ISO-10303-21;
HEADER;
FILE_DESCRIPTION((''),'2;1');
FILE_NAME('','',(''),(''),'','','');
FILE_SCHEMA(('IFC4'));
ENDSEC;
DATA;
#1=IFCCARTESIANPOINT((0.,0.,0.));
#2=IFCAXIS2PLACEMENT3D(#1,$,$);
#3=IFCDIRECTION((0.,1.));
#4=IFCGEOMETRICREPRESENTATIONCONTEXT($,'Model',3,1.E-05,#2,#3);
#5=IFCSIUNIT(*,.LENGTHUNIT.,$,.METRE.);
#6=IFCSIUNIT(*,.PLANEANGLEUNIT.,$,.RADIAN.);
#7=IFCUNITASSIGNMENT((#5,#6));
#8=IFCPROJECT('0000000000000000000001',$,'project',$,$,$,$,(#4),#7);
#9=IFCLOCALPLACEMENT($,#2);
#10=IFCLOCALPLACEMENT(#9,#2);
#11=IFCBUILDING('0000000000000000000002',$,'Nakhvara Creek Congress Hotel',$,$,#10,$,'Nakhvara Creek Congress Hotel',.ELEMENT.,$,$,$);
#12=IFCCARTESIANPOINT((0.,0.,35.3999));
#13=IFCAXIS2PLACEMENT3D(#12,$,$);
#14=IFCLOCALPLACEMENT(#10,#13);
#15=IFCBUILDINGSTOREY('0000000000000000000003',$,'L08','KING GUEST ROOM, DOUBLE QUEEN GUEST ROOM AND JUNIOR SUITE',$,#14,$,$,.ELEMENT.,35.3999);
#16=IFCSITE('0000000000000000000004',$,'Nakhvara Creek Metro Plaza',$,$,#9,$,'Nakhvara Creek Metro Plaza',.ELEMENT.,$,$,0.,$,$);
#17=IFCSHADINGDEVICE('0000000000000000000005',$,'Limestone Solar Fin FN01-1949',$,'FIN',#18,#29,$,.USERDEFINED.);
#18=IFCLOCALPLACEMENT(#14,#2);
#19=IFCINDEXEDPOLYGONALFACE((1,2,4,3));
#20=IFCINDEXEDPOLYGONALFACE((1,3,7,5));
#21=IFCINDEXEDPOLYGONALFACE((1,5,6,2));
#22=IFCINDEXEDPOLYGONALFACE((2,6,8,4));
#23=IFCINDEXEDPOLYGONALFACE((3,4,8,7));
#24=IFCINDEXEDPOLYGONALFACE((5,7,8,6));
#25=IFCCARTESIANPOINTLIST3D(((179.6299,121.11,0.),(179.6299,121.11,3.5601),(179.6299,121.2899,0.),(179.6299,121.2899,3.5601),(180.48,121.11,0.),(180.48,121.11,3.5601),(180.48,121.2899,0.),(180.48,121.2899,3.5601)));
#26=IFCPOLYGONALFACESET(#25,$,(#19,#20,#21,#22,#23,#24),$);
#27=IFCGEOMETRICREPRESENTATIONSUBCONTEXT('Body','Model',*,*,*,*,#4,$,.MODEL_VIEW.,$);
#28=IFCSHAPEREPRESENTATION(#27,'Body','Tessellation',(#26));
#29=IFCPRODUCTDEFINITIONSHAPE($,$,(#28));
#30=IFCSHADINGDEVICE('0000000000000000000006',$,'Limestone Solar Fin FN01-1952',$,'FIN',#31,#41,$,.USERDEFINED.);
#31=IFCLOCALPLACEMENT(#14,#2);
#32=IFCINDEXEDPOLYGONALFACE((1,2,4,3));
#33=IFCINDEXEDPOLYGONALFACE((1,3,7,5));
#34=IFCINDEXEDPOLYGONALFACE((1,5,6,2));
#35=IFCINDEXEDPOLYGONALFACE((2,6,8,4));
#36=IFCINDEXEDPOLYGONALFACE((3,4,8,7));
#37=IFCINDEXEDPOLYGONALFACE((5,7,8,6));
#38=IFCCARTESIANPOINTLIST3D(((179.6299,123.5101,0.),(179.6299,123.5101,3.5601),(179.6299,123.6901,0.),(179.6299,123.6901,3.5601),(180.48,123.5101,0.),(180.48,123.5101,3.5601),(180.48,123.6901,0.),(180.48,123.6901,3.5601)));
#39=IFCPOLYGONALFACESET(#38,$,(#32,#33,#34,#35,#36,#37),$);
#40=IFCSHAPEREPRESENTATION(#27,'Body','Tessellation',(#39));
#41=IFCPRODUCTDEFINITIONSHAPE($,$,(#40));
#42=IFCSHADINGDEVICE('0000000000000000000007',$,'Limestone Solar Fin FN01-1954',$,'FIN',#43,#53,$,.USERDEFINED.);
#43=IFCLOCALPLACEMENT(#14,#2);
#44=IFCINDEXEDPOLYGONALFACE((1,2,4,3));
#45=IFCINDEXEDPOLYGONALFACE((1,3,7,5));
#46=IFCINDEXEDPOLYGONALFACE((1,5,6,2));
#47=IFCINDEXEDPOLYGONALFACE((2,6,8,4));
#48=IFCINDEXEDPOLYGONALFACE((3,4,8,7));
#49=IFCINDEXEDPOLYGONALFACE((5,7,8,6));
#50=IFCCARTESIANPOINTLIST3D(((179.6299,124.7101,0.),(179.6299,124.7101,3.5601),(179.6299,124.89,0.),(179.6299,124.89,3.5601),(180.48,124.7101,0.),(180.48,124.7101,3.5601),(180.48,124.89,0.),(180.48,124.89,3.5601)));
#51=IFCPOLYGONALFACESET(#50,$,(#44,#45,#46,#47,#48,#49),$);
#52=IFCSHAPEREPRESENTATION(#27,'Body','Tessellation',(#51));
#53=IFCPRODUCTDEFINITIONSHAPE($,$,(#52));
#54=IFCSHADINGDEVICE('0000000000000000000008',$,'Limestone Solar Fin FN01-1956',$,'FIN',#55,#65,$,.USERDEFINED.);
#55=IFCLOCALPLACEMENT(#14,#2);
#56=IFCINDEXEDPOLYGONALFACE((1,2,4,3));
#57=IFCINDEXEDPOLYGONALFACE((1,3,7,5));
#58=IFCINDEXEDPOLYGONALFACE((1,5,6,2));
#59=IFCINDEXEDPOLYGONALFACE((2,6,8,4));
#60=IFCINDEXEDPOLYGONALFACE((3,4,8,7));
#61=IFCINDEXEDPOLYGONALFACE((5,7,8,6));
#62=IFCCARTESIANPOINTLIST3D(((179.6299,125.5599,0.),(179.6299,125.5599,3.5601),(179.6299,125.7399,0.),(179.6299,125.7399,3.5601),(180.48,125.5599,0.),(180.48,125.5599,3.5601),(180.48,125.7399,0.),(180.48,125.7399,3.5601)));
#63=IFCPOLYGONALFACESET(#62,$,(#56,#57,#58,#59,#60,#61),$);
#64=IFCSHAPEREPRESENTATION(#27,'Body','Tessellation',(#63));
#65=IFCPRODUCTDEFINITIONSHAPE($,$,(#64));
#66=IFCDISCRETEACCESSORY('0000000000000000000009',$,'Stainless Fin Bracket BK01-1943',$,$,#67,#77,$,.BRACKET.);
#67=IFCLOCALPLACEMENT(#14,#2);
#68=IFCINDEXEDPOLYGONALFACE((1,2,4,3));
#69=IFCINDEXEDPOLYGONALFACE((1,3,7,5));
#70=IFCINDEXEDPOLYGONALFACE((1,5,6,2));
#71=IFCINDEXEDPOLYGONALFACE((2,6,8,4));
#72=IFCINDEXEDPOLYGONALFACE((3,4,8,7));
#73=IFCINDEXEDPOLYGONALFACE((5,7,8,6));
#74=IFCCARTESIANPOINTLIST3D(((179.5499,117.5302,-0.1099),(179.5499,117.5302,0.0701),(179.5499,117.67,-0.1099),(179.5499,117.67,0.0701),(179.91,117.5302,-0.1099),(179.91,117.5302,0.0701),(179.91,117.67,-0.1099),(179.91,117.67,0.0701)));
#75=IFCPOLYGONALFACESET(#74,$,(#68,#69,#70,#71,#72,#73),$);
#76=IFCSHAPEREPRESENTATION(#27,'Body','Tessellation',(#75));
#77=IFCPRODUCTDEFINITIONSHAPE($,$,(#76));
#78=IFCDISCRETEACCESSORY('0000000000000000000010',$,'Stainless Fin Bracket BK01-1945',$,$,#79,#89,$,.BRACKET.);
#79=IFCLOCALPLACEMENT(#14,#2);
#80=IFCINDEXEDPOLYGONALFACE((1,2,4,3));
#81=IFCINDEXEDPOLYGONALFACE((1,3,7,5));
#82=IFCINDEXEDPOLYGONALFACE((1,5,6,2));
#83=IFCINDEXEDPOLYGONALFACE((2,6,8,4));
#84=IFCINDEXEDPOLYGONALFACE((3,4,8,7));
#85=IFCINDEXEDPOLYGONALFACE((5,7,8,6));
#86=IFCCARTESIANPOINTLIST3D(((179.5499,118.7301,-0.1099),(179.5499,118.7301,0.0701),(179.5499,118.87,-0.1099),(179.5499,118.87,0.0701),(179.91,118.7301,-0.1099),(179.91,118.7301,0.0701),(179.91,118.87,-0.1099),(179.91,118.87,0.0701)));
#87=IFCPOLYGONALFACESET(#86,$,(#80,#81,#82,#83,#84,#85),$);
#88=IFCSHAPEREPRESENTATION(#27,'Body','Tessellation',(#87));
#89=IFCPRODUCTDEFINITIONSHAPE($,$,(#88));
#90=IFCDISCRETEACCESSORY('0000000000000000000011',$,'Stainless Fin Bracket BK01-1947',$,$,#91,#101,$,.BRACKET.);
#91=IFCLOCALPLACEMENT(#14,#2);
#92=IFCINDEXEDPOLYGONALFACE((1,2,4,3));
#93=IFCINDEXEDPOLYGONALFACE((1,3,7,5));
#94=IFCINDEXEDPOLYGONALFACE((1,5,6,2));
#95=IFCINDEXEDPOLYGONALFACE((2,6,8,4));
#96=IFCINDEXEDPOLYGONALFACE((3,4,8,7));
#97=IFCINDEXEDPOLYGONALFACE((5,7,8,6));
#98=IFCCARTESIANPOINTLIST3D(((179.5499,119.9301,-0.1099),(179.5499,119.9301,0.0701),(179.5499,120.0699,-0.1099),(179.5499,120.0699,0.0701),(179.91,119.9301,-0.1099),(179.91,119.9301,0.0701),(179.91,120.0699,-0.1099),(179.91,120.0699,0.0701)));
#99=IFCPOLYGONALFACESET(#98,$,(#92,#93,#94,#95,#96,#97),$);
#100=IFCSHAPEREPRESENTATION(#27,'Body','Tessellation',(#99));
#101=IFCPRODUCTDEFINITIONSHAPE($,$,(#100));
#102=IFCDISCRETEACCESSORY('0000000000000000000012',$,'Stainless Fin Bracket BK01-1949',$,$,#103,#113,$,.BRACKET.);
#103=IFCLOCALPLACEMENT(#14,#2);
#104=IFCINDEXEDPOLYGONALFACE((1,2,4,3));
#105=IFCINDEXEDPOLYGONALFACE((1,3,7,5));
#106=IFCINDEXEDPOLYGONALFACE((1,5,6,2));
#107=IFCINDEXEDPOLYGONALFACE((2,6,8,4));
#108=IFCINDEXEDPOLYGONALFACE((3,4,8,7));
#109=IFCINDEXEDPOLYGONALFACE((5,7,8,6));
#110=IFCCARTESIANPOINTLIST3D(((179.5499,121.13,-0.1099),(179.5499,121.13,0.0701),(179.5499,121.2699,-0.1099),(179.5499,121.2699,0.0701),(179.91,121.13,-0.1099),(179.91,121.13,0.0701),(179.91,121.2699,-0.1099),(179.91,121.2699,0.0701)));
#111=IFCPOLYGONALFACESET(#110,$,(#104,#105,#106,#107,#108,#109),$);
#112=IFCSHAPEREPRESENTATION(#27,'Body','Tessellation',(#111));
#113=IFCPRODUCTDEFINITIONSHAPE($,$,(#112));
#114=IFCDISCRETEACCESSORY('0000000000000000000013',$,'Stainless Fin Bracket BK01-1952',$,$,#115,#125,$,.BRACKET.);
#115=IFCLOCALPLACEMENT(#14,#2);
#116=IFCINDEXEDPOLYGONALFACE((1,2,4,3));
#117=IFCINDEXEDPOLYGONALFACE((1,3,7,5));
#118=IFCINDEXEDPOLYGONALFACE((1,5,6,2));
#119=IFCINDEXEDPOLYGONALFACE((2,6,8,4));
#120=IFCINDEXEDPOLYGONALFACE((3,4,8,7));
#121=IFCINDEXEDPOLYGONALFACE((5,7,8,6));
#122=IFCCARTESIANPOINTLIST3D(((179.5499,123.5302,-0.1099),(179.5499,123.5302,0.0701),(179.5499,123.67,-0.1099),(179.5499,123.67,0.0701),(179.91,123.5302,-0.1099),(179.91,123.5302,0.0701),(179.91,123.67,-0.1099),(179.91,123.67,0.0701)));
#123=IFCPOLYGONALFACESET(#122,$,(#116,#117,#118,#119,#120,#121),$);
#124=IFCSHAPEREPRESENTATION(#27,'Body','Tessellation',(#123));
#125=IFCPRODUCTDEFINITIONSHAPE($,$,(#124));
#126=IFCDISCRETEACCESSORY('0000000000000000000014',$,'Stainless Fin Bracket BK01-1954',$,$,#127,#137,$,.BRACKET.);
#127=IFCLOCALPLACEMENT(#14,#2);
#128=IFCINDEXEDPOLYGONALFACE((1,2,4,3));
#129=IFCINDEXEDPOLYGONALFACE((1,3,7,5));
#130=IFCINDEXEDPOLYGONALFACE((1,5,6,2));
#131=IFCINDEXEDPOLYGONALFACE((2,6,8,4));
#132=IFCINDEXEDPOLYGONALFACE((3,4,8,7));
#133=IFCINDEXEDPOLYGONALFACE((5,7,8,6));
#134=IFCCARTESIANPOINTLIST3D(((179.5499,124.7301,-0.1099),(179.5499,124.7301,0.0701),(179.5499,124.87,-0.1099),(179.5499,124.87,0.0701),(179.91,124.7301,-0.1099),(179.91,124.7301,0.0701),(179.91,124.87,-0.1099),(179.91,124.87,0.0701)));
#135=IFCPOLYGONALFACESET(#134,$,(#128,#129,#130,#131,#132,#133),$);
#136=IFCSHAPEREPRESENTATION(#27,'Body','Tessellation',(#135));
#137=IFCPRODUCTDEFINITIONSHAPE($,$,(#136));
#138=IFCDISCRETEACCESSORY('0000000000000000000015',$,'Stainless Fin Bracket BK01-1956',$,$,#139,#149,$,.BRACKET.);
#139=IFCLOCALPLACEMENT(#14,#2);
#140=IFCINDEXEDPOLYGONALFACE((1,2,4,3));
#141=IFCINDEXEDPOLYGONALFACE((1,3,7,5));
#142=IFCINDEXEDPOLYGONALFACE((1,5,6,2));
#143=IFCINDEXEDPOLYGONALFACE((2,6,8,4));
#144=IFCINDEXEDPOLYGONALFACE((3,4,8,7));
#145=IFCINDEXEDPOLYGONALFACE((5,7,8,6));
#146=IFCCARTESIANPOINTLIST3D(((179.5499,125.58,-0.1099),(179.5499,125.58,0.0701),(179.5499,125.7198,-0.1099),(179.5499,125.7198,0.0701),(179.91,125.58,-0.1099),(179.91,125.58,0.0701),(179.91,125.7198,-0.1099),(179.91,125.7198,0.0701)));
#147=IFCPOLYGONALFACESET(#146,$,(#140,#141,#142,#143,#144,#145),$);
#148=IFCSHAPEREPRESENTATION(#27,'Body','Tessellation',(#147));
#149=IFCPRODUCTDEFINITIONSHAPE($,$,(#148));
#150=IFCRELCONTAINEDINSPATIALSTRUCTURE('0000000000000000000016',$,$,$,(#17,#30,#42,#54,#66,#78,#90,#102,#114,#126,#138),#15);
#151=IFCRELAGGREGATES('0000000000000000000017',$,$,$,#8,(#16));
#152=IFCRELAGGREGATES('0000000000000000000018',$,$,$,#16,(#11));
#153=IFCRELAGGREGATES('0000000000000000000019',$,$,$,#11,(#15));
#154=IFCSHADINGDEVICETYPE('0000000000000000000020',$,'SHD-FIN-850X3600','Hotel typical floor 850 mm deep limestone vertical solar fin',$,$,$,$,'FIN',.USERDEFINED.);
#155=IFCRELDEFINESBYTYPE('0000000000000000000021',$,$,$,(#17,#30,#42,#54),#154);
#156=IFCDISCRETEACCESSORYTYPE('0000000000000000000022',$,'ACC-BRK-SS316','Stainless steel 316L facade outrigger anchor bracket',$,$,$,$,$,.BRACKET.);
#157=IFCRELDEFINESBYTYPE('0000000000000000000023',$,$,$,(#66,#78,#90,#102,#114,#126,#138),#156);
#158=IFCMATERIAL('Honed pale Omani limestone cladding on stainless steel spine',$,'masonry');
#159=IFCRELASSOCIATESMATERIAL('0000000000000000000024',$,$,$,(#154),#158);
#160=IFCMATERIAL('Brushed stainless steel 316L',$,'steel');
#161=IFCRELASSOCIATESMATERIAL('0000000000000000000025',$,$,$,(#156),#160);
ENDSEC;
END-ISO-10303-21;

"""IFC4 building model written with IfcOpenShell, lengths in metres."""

from ifc_helpers import new_model, si_unit, direction, frame, origin, origin_2d, place, context, subcontext, project, spatial, rectangle, extrude, material, type_object, element, save


model = new_model("IFC4")

# Units and contexts
model_context = context("Model", 3, precision=1e-05, world=origin(), true_north=direction((0.0, 1.0)))
body_context = subcontext(model_context, "Body", "Model", "MODEL_VIEW")
ifc_project = project(units=[si_unit("LENGTHUNIT", "METRE"), si_unit("PLANEANGLEUNIT", "RADIAN")], contexts=[model_context])

# Site, building, storey
site_placement = place(None, origin())
site = spatial("IfcSite", under=ifc_project, at=site_placement, Name="Nakhvara Creek Metro Plaza", LongName="Nakhvara Creek Metro Plaza", CompositionType="ELEMENT", RefElevation=0.0)
building_placement = place(site_placement, origin())
building = spatial("IfcBuilding", under=site, at=building_placement, Name="Nakhvara Creek Congress Hotel", LongName="Nakhvara Creek Congress Hotel", CompositionType="ELEMENT")
storey_placement = place(building_placement, frame((0.0, 0.0, 35.3999)))
storey = spatial("IfcBuildingStorey", under=building, at=storey_placement, Name="L08", Description="KING GUEST ROOM, DOUBLE QUEEN GUEST ROOM AND JUNIOR SUITE", CompositionType="ELEMENT", Elevation=35.3999)

# Shading devices
ifc_material_1 = material(Name="Honed pale Omani limestone cladding on stainless steel spine", Category="masonry")
shading_device_type = type_object("IfcShadingDeviceType", Name="SHD-FIN-850X3600", Description="Hotel typical floor 850 mm deep limestone vertical solar fin", ElementType="FIN", PredefinedType="USERDEFINED", material=ifc_material_1)
for number, where, z_axis, x_axis, name in (
    (1, (180.0549, 121.2, 0.0), (0.0, 0.0, 1.0), (0.0, 1.0, 0.0), "Limestone Solar Fin FN01-1949"),
    (2, (180.0549, 123.6001, 0.0), (0.0, 0.0, 1.0), (0.0, 1.0, 0.0), "Limestone Solar Fin FN01-1952"),
    (3, (180.0549, 124.8, 0.0), (0.0, 0.0, 1.0), (0.0, 1.0, 0.0), "Limestone Solar Fin FN01-1954"),
    (4, (180.0549, 125.6499, 0.0), (0.0, 0.0, 1.0), (0.0, 1.0, 0.0), "Limestone Solar Fin FN01-1956"),
):
    element("IfcShadingDevice", number, at=place(storey_placement, frame(where, z_axis=z_axis, x_axis=x_axis)), inside=storey, type_object=shading_device_type, Name=name, ObjectType="FIN", PredefinedType="USERDEFINED", context=body_context, shape_type="SweptSolid", body=[
        extrude(rectangle(XDim=0.1799, YDim=0.8501, at=origin_2d()), origin(), (0.0, 0.0, 1.0), 3.5601),
    ])

# Discrete accessories
ifc_material_2 = material(Name="Brushed stainless steel 316L", Category="steel")
discrete_accessory_type = type_object("IfcDiscreteAccessoryType", Name="ACC-BRK-SS316", Description="Stainless steel 316L facade outrigger anchor bracket", PredefinedType="BRACKET", material=ifc_material_2)
for number, where, z_axis, x_axis, name in (
    (5, (179.73, 117.6001, -0.1099), (0.0, 0.0, 1.0), (0.0, 1.0, 0.0), "Stainless Fin Bracket BK01-1943"),
    (6, (179.73, 118.8, -0.1099), (0.0, 0.0, 1.0), (0.0, 1.0, 0.0), "Stainless Fin Bracket BK01-1945"),
    (7, (179.73, 120.0, -0.1099), (0.0, 0.0, 1.0), (0.0, 1.0, 0.0), "Stainless Fin Bracket BK01-1947"),
    (8, (179.73, 121.2, -0.1099), (0.0, 0.0, 1.0), (0.0, 1.0, 0.0), "Stainless Fin Bracket BK01-1949"),
    (9, (179.73, 123.6001, -0.1099), (0.0, 0.0, 1.0), (0.0, 1.0, 0.0), "Stainless Fin Bracket BK01-1952"),
    (10, (179.73, 124.8, -0.1099), (0.0, 0.0, 1.0), (0.0, 1.0, 0.0), "Stainless Fin Bracket BK01-1954"),
    (11, (179.73, 125.6499, -0.1099), (0.0, 0.0, 1.0), (0.0, 1.0, 0.0), "Stainless Fin Bracket BK01-1956"),
):
    element("IfcDiscreteAccessory", number, at=place(storey_placement, frame(where, z_axis=z_axis, x_axis=x_axis)), inside=storey, type_object=discrete_accessory_type, Name=name, PredefinedType="BRACKET", context=body_context, shape_type="SweptSolid", body=[
        extrude(rectangle(XDim=0.1399, YDim=0.3601, at=origin_2d()), origin(), (0.0, 0.0, 1.0), 0.1799),
    ])

save(model, "model.ifc")
